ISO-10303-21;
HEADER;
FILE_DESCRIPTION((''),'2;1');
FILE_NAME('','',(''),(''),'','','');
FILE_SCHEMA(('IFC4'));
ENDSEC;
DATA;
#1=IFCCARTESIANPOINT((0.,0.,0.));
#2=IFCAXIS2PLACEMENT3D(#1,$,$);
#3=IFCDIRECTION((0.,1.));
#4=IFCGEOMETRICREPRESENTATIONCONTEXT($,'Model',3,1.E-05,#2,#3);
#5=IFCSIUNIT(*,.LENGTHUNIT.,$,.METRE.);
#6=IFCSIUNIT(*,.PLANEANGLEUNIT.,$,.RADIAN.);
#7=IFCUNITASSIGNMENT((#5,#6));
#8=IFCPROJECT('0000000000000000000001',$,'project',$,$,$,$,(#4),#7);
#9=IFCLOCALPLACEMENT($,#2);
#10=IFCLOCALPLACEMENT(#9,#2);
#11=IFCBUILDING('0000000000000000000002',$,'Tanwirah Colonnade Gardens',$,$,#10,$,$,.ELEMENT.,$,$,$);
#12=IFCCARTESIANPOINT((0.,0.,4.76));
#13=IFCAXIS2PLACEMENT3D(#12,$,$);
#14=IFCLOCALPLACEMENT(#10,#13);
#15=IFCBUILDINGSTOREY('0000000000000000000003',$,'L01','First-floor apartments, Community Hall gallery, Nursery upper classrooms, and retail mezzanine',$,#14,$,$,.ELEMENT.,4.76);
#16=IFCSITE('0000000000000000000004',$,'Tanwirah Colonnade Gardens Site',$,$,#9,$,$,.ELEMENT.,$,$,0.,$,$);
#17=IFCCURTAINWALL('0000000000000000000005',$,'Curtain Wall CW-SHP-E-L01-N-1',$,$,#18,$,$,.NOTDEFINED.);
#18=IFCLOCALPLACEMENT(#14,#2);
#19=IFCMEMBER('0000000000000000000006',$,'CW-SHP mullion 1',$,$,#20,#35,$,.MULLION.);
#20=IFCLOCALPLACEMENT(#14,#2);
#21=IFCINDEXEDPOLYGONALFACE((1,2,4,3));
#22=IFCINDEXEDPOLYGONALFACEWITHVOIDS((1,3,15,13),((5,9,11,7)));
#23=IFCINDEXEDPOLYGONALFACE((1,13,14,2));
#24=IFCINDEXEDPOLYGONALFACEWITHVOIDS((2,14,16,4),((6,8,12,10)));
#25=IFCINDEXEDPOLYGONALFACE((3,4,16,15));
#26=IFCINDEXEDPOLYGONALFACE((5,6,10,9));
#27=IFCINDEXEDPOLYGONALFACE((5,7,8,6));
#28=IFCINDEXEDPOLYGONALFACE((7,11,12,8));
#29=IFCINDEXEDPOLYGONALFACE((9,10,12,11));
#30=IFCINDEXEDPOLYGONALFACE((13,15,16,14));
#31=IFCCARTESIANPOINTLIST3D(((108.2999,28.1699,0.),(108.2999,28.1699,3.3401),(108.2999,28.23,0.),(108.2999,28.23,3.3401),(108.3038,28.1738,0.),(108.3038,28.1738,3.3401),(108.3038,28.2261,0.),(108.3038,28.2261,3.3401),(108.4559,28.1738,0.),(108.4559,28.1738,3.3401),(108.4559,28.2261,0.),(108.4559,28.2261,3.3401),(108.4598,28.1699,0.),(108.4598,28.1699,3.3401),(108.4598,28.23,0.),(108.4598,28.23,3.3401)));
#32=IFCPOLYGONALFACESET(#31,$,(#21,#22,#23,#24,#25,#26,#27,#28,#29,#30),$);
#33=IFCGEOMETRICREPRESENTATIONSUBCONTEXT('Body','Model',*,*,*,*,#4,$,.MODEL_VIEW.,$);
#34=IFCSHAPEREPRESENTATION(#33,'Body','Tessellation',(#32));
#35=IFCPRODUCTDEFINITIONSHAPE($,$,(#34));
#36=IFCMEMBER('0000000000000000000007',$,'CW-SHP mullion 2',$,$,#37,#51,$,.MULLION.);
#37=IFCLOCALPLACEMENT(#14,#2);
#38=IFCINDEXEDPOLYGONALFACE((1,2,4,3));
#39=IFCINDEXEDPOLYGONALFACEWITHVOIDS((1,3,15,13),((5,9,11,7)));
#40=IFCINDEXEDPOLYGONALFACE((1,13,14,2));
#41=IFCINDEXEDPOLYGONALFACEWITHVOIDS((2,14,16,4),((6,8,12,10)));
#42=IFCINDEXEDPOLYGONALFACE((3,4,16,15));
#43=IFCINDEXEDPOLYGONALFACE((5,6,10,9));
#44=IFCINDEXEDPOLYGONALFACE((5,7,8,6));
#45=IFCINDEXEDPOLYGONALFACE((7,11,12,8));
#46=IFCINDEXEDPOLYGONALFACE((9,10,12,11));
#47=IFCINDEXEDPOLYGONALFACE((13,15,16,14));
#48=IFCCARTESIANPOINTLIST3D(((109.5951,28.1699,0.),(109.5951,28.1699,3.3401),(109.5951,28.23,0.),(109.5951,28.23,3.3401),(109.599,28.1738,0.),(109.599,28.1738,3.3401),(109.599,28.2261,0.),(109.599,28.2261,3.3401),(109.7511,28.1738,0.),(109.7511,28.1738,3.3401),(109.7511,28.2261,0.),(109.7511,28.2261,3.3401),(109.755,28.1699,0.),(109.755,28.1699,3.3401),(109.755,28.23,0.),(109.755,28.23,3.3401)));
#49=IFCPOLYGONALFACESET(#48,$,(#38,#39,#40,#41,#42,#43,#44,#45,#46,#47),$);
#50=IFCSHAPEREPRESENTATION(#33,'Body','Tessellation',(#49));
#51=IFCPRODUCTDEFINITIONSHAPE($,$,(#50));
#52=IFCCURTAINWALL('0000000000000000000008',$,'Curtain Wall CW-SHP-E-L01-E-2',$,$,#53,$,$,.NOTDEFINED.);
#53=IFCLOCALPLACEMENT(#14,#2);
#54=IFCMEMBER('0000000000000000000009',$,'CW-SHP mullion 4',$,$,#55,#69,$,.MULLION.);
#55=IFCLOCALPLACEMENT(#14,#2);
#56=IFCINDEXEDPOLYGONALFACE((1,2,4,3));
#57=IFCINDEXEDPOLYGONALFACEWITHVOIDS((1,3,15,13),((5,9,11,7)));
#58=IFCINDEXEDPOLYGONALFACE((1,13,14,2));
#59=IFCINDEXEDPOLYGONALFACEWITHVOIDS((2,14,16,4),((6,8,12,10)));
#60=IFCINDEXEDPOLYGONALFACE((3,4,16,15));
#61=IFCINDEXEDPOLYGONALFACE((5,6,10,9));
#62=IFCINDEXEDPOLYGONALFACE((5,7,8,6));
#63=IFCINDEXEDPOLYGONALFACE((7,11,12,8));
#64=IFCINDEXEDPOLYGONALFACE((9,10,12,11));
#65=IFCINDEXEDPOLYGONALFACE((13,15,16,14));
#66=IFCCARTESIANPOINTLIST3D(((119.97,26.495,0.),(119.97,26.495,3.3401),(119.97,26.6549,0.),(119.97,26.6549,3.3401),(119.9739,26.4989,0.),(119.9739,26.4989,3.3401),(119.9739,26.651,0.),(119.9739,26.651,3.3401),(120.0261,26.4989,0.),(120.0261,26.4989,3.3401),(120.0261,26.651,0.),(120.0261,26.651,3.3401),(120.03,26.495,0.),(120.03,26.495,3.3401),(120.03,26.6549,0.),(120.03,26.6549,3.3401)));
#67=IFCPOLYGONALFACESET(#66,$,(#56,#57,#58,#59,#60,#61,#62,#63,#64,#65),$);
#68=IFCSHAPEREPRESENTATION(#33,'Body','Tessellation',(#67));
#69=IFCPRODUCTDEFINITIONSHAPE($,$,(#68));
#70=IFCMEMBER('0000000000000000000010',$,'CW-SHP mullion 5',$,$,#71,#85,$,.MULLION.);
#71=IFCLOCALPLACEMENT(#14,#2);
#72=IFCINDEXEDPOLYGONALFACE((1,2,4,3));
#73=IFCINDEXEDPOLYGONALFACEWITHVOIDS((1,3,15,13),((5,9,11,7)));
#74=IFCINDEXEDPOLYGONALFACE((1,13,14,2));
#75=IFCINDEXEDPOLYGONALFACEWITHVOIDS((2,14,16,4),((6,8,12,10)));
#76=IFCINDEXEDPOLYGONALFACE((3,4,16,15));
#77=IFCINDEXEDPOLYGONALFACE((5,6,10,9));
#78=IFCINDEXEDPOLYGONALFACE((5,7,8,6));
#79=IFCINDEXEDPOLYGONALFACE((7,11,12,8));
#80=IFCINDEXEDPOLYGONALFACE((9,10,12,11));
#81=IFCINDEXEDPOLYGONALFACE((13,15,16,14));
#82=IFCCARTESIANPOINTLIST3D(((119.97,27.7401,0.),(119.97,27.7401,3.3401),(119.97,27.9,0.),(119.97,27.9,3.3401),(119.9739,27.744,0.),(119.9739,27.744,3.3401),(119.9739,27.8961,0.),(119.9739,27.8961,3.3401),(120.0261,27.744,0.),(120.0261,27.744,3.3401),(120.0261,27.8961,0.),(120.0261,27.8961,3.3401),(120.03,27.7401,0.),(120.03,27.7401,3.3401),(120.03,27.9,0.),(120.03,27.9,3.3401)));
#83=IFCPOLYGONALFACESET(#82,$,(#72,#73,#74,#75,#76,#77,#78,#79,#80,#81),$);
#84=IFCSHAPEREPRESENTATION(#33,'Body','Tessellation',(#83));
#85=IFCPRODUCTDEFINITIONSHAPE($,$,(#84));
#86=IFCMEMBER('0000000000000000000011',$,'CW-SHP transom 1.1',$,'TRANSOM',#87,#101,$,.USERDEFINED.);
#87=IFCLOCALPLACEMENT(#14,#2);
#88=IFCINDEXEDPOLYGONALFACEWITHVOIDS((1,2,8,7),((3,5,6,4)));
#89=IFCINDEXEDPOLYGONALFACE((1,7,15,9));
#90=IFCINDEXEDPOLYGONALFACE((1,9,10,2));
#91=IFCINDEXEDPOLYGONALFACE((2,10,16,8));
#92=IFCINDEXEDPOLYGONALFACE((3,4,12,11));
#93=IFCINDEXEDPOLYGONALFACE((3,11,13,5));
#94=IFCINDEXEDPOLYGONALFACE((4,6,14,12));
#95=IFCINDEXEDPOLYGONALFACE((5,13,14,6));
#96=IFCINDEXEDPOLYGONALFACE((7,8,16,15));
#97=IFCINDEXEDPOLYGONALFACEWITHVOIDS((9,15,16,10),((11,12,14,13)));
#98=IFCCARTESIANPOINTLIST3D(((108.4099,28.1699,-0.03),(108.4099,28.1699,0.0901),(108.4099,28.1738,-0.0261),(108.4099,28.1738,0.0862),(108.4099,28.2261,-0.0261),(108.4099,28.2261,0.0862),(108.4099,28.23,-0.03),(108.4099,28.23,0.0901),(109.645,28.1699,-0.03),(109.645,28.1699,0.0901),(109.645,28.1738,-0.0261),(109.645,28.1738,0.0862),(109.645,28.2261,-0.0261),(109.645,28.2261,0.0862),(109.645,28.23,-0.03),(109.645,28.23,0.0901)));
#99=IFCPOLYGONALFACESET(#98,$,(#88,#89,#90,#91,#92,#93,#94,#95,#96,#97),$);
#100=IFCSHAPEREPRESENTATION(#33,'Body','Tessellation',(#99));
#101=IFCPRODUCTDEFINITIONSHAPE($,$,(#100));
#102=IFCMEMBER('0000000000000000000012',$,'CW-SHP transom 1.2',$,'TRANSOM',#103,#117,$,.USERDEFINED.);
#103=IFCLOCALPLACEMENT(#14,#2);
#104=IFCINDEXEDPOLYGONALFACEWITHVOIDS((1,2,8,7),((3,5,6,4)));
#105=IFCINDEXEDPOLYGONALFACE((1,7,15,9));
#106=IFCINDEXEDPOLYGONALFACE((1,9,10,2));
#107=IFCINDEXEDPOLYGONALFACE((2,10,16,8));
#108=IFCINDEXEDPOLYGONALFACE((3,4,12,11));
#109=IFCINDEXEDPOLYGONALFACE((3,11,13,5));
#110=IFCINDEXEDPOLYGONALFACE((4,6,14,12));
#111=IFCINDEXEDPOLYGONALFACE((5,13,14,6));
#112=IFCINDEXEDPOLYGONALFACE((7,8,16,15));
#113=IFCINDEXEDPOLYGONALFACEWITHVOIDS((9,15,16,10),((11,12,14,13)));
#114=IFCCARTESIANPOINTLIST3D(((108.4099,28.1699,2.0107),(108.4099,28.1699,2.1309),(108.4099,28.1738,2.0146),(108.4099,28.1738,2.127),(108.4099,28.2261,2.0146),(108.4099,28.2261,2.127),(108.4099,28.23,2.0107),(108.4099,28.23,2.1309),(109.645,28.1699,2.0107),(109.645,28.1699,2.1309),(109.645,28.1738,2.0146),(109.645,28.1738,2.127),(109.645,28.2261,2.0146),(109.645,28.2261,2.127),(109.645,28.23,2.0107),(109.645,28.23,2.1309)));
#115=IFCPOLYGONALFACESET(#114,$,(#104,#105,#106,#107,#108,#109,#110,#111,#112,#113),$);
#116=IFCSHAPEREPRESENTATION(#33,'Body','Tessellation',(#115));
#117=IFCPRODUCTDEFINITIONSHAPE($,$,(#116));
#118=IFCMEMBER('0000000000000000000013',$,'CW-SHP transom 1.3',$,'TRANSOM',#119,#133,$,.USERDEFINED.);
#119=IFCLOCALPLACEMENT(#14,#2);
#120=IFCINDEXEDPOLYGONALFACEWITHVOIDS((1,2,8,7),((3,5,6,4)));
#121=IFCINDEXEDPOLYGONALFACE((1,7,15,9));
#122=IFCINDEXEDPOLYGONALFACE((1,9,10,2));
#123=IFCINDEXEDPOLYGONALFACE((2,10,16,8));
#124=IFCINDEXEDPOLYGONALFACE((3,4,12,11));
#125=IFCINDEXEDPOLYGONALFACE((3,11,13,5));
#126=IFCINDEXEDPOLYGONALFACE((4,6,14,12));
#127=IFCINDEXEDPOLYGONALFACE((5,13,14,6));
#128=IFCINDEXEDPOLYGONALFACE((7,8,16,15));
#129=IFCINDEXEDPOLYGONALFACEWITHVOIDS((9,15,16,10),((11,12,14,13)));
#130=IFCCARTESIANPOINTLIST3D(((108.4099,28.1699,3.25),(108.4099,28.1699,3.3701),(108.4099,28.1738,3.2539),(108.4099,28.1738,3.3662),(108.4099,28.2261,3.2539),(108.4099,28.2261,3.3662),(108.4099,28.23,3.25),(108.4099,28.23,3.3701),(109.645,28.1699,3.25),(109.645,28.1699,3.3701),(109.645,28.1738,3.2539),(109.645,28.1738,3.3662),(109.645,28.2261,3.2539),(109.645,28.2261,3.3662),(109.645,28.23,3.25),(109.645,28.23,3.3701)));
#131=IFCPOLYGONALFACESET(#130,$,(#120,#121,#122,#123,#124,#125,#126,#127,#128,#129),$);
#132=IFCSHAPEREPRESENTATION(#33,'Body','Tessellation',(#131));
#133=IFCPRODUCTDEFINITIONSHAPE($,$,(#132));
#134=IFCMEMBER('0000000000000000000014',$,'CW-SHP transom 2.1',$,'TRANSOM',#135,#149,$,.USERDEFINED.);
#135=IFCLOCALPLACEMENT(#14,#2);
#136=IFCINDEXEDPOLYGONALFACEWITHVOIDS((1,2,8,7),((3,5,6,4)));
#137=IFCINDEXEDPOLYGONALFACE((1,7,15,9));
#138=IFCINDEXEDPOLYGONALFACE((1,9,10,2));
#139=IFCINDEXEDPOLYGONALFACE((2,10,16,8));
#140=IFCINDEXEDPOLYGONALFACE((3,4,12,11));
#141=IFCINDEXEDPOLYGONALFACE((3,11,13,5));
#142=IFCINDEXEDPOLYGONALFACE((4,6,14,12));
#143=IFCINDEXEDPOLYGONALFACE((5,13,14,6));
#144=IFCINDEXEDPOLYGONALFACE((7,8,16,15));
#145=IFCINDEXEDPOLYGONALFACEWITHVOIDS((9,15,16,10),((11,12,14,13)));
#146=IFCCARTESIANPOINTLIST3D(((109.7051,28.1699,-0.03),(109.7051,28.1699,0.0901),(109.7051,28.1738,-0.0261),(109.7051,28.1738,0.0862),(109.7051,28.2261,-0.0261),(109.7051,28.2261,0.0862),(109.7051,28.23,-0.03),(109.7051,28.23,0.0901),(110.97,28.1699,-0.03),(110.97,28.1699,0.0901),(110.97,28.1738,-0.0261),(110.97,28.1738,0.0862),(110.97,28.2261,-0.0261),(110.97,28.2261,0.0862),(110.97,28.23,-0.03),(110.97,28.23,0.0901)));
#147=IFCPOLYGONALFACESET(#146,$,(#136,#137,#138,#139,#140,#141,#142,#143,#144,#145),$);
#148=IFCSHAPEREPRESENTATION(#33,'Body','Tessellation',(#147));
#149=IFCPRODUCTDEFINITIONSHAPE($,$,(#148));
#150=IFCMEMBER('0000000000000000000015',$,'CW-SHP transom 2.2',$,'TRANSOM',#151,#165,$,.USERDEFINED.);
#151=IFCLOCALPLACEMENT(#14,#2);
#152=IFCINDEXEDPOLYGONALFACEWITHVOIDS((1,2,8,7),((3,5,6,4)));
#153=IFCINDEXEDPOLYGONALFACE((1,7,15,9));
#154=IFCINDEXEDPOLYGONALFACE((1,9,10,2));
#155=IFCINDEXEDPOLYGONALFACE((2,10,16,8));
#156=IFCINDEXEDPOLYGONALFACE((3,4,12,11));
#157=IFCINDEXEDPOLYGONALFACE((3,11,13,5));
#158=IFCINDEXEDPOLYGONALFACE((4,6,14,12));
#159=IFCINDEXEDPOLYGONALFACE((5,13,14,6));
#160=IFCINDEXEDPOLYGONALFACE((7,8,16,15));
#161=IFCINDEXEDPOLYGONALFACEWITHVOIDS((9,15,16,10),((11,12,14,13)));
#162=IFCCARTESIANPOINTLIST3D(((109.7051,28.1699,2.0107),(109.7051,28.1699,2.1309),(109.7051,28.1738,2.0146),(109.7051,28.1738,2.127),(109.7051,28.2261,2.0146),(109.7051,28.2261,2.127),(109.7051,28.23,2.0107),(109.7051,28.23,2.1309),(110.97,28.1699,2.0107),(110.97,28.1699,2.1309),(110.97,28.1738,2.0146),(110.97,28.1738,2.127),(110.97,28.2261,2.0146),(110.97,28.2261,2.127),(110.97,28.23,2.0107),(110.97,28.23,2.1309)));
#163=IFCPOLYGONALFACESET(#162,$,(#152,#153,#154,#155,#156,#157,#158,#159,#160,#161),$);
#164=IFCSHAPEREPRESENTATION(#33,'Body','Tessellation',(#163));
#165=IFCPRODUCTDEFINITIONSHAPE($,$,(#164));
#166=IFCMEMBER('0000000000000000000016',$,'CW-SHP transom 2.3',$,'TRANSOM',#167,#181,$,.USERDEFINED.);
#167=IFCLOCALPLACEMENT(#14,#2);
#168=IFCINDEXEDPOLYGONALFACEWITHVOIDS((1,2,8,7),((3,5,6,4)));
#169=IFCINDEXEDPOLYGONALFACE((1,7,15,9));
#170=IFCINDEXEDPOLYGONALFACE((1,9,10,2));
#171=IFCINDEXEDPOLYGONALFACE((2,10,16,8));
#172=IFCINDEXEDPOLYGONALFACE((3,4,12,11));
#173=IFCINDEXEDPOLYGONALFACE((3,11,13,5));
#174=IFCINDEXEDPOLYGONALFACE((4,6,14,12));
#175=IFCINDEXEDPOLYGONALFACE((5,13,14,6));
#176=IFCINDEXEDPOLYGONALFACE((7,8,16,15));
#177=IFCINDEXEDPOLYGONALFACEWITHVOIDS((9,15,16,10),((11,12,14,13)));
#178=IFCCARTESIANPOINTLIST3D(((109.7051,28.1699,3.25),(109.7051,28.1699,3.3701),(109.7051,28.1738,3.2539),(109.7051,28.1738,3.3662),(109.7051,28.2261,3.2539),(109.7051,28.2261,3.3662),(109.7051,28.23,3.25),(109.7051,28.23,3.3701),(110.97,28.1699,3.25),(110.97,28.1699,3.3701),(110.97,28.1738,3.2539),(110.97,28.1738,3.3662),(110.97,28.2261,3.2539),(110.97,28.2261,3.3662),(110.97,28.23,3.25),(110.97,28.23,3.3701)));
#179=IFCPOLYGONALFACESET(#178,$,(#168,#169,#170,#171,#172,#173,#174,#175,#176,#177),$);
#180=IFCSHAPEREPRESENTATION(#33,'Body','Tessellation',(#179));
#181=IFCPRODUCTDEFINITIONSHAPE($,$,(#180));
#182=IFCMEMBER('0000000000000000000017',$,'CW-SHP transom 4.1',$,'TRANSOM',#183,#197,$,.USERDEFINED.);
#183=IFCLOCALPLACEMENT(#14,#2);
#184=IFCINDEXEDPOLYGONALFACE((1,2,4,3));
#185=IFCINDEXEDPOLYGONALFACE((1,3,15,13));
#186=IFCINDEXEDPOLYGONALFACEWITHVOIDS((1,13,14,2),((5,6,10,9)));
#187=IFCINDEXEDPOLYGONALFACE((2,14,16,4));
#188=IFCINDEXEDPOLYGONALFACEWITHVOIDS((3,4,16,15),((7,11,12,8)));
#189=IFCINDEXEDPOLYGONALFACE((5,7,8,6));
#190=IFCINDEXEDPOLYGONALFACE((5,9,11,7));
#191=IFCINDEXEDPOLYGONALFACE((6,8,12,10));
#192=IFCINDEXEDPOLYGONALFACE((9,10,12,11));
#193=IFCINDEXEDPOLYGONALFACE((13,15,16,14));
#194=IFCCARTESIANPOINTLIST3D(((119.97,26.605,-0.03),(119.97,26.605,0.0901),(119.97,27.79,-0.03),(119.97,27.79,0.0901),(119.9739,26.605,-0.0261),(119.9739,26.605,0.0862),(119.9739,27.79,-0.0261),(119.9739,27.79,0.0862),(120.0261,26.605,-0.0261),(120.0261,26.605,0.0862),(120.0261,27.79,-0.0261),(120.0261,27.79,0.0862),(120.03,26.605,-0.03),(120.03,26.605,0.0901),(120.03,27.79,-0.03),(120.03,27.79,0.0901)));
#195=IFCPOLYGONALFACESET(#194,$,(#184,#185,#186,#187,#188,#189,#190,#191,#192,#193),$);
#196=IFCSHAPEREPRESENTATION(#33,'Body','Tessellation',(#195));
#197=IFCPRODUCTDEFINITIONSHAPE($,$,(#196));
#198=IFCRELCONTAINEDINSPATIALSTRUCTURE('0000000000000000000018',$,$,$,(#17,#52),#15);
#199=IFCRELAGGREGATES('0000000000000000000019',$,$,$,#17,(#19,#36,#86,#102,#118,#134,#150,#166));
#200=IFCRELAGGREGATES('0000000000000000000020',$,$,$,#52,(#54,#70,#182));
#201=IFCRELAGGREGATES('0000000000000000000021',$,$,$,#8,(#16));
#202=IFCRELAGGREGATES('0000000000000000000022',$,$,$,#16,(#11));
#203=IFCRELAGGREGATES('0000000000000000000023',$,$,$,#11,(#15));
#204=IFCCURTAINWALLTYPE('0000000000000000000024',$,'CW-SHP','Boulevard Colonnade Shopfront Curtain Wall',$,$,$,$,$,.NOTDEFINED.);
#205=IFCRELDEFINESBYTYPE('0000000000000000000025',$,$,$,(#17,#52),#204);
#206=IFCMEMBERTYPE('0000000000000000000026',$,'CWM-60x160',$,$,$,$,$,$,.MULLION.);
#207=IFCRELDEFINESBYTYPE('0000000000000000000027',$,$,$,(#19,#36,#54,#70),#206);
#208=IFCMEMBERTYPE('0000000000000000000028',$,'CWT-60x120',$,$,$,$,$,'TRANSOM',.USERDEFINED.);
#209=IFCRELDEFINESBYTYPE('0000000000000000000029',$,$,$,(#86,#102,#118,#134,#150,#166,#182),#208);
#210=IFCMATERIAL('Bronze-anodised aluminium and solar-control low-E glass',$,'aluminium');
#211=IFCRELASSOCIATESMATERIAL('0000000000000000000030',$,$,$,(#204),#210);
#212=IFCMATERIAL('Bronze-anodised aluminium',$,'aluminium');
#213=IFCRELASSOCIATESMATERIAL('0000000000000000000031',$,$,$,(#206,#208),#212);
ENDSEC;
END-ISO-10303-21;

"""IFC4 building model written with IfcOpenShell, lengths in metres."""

from ifc_helpers import new_model, si_unit, direction, frame, origin, origin_2d, place, context, subcontext, project, spatial, hollow_rectangle, extrude, material, material_profile, profile_set, type_object, element, aggregate, save


model = new_model("IFC4")

# Units and contexts
model_context = context("Model", 3, precision=1e-05, world=origin(), true_north=direction((0.0, 1.0)))
body_context = subcontext(model_context, "Body", "Model", "MODEL_VIEW")
ifc_project = project(units=[si_unit("LENGTHUNIT", "METRE"), si_unit("PLANEANGLEUNIT", "RADIAN")], contexts=[model_context])

# Site, building, storey
site_placement = place(None, origin())
site = spatial("IfcSite", under=ifc_project, at=site_placement, Name="Tanwirah Colonnade Gardens Site", CompositionType="ELEMENT", RefElevation=0.0)
building_placement = place(site_placement, origin())
building = spatial("IfcBuilding", under=site, at=building_placement, Name="Tanwirah Colonnade Gardens", CompositionType="ELEMENT")
storey_placement = place(building_placement, frame((0.0, 0.0, 4.76)))
storey = spatial("IfcBuildingStorey", under=building, at=storey_placement, Name="L01", Description="First-floor apartments, Community Hall gallery, Nursery upper classrooms, and retail mezzanine", CompositionType="ELEMENT", Elevation=4.76)

# Curtain walls, members
ifc_material_1 = material(Name="Bronze-anodised aluminium and solar-control low-E glass", Category="aluminium")
curtain_wall_type = type_object("IfcCurtainWallType", Name="CW-SHP", Description="Boulevard Colonnade Shopfront Curtain Wall", PredefinedType="NOTDEFINED", material=ifc_material_1)
curtain_wall_1_placement = place(storey_placement, origin())
curtain_wall_1 = element("IfcCurtainWall", 1, at=curtain_wall_1_placement, inside=storey, type_object=curtain_wall_type, Name="Curtain Wall CW-SHP-E-L01-N-1", PredefinedType="NOTDEFINED")
ifc_material_2 = material(Name="Bronze-anodised aluminium", Category="aluminium")
ifc_material_profile_1 = material_profile(ifc_material_2, hollow_rectangle(XDim=0.0601, YDim=0.1599, WallThickness=0.0039, at=origin_2d()), Name="CW-MUL 60x160x4")
ifc_profile_set_1 = profile_set([ifc_material_profile_1], Name="Bronze-anodised aluminium")
member_type_1 = type_object("IfcMemberType", Name="CWM-60x160", PredefinedType="MULLION", material=ifc_profile_set_1)
member_1_placement = place(storey_placement, frame((108.3799, 28.2, 0.0), z_axis=(0.0, 0.0, 1.0), x_axis=(0.0, 1.0, 0.0)))
member_1 = element("IfcMember", 2, at=member_1_placement, type_object=member_type_1, Name="CW-SHP mullion 1", PredefinedType="MULLION", context=body_context, shape_type="SweptSolid", body=[
    extrude(hollow_rectangle(XDim=0.0601, YDim=0.1599, WallThickness=0.0039, at=origin_2d()), origin(), (0.0, 0.0, 1.0), 3.3401),
])
member_2_placement = place(storey_placement, frame((109.675, 28.2, 0.0), z_axis=(0.0, 0.0, 1.0), x_axis=(0.0, 1.0, 0.0)))
member_2 = element("IfcMember", 3, at=member_2_placement, type_object=member_type_1, Name="CW-SHP mullion 2", PredefinedType="MULLION", context=body_context, shape_type="SweptSolid", body=[
    extrude(hollow_rectangle(XDim=0.0601, YDim=0.1599, WallThickness=0.0039, at=origin_2d()), origin(), (0.0, 0.0, 1.0), 3.3401),
])
curtain_wall_2_placement = place(storey_placement, origin())
curtain_wall_2 = element("IfcCurtainWall", 4, at=curtain_wall_2_placement, inside=storey, type_object=curtain_wall_type, Name="Curtain Wall CW-SHP-E-L01-E-2", PredefinedType="NOTDEFINED")
member_3_placement = place(storey_placement, frame((120.0, 26.575, 0.0), z_axis=(0.0, 0.0, 1.0), x_axis=(-1.0, 0.0, 0.0)))
member_3 = element("IfcMember", 5, at=member_3_placement, type_object=member_type_1, Name="CW-SHP mullion 4", PredefinedType="MULLION", context=body_context, shape_type="SweptSolid", body=[
    extrude(hollow_rectangle(XDim=0.0601, YDim=0.1599, WallThickness=0.0039, at=origin_2d()), origin(), (0.0, 0.0, 1.0), 3.3401),
])
member_4_placement = place(storey_placement, frame((120.0, 27.8201, 0.0), z_axis=(0.0, 0.0, 1.0), x_axis=(-1.0, 0.0, 0.0)))
member_4 = element("IfcMember", 6, at=member_4_placement, type_object=member_type_1, Name="CW-SHP mullion 5", PredefinedType="MULLION", context=body_context, shape_type="SweptSolid", body=[
    extrude(hollow_rectangle(XDim=0.0601, YDim=0.1599, WallThickness=0.0039, at=origin_2d()), origin(), (0.0, 0.0, 1.0), 3.3401),
])

# Members
ifc_material_profile_2 = material_profile(ifc_material_2, hollow_rectangle(XDim=0.0601, YDim=0.1201, WallThickness=0.0039, at=origin_2d()), Name="CW-TRN 60x120x4")
ifc_profile_set_2 = profile_set([ifc_material_profile_2], Name="Bronze-anodised aluminium")
member_type_2 = type_object("IfcMemberType", Name="CWT-60x120", ElementType="TRANSOM", PredefinedType="USERDEFINED", material=ifc_profile_set_2)
member_5_placement = place(storey_placement, frame((108.4099, 28.2, 0.03), z_axis=(1.0, 0.0, 0.0), x_axis=(0.0, 1.0, 0.0)))
member_5 = element("IfcMember", 7, at=member_5_placement, type_object=member_type_2, Name="CW-SHP transom 1.1", ObjectType="TRANSOM", PredefinedType="USERDEFINED", context=body_context, shape_type="SweptSolid", body=[
    extrude(hollow_rectangle(XDim=0.0601, YDim=0.1201, WallThickness=0.0039, at=origin_2d()), origin(), (0.0, 0.0, 1.0), 1.2351),
])
member_6_placement = place(storey_placement, frame((108.4099, 28.2, 2.0708), z_axis=(1.0, 0.0, 0.0), x_axis=(0.0, 1.0, 0.0)))
member_6 = element("IfcMember", 8, at=member_6_placement, type_object=member_type_2, Name="CW-SHP transom 1.2", ObjectType="TRANSOM", PredefinedType="USERDEFINED", context=body_context, shape_type="SweptSolid", body=[
    extrude(hollow_rectangle(XDim=0.0601, YDim=0.1201, WallThickness=0.0039, at=origin_2d()), origin(), (0.0, 0.0, 1.0), 1.2351),
])
member_7_placement = place(storey_placement, frame((108.4099, 28.2, 3.3101), z_axis=(1.0, 0.0, 0.0), x_axis=(0.0, 1.0, 0.0)))
member_7 = element("IfcMember", 9, at=member_7_placement, type_object=member_type_2, Name="CW-SHP transom 1.3", ObjectType="TRANSOM", PredefinedType="USERDEFINED", context=body_context, shape_type="SweptSolid", body=[
    extrude(hollow_rectangle(XDim=0.0601, YDim=0.1201, WallThickness=0.0039, at=origin_2d()), origin(), (0.0, 0.0, 1.0), 1.2351),
])
member_8_placement = place(storey_placement, frame((109.7051, 28.2, 0.03), z_axis=(1.0, 0.0, 0.0), x_axis=(0.0, 1.0, 0.0)))
member_8 = element("IfcMember", 10, at=member_8_placement, type_object=member_type_2, Name="CW-SHP transom 2.1", ObjectType="TRANSOM", PredefinedType="USERDEFINED", context=body_context, shape_type="SweptSolid", body=[
    extrude(hollow_rectangle(XDim=0.0601, YDim=0.1201, WallThickness=0.0039, at=origin_2d()), origin(), (0.0, 0.0, 1.0), 1.2649),
])
member_9_placement = place(storey_placement, frame((109.7051, 28.2, 2.0708), z_axis=(1.0, 0.0, 0.0), x_axis=(0.0, 1.0, 0.0)))
member_9 = element("IfcMember", 11, at=member_9_placement, type_object=member_type_2, Name="CW-SHP transom 2.2", ObjectType="TRANSOM", PredefinedType="USERDEFINED", context=body_context, shape_type="SweptSolid", body=[
    extrude(hollow_rectangle(XDim=0.0601, YDim=0.1201, WallThickness=0.0039, at=origin_2d()), origin(), (0.0, 0.0, 1.0), 1.2649),
])
member_10_placement = place(storey_placement, frame((109.7051, 28.2, 3.3101), z_axis=(1.0, 0.0, 0.0), x_axis=(0.0, 1.0, 0.0)))
member_10 = element("IfcMember", 12, at=member_10_placement, type_object=member_type_2, Name="CW-SHP transom 2.3", ObjectType="TRANSOM", PredefinedType="USERDEFINED", context=body_context, shape_type="SweptSolid", body=[
    extrude(hollow_rectangle(XDim=0.0601, YDim=0.1201, WallThickness=0.0039, at=origin_2d()), origin(), (0.0, 0.0, 1.0), 1.2649),
])
member_11_placement = place(storey_placement, frame((120.0, 26.605, 0.03), z_axis=(0.0, 1.0, 0.0), x_axis=(-1.0, 0.0, 0.0)))
member_11 = element("IfcMember", 13, at=member_11_placement, type_object=member_type_2, Name="CW-SHP transom 4.1", ObjectType="TRANSOM", PredefinedType="USERDEFINED", context=body_context, shape_type="SweptSolid", body=[
    extrude(hollow_rectangle(XDim=0.0601, YDim=0.1201, WallThickness=0.0039, at=origin_2d()), origin(), (0.0, 0.0, 1.0), 1.1851),
])

aggregate(curtain_wall_1, [member_1, member_2, member_5, member_6, member_7, member_8, member_9, member_10])
aggregate(curtain_wall_2, [member_3, member_4, member_11])

save(model, "model.ifc")
